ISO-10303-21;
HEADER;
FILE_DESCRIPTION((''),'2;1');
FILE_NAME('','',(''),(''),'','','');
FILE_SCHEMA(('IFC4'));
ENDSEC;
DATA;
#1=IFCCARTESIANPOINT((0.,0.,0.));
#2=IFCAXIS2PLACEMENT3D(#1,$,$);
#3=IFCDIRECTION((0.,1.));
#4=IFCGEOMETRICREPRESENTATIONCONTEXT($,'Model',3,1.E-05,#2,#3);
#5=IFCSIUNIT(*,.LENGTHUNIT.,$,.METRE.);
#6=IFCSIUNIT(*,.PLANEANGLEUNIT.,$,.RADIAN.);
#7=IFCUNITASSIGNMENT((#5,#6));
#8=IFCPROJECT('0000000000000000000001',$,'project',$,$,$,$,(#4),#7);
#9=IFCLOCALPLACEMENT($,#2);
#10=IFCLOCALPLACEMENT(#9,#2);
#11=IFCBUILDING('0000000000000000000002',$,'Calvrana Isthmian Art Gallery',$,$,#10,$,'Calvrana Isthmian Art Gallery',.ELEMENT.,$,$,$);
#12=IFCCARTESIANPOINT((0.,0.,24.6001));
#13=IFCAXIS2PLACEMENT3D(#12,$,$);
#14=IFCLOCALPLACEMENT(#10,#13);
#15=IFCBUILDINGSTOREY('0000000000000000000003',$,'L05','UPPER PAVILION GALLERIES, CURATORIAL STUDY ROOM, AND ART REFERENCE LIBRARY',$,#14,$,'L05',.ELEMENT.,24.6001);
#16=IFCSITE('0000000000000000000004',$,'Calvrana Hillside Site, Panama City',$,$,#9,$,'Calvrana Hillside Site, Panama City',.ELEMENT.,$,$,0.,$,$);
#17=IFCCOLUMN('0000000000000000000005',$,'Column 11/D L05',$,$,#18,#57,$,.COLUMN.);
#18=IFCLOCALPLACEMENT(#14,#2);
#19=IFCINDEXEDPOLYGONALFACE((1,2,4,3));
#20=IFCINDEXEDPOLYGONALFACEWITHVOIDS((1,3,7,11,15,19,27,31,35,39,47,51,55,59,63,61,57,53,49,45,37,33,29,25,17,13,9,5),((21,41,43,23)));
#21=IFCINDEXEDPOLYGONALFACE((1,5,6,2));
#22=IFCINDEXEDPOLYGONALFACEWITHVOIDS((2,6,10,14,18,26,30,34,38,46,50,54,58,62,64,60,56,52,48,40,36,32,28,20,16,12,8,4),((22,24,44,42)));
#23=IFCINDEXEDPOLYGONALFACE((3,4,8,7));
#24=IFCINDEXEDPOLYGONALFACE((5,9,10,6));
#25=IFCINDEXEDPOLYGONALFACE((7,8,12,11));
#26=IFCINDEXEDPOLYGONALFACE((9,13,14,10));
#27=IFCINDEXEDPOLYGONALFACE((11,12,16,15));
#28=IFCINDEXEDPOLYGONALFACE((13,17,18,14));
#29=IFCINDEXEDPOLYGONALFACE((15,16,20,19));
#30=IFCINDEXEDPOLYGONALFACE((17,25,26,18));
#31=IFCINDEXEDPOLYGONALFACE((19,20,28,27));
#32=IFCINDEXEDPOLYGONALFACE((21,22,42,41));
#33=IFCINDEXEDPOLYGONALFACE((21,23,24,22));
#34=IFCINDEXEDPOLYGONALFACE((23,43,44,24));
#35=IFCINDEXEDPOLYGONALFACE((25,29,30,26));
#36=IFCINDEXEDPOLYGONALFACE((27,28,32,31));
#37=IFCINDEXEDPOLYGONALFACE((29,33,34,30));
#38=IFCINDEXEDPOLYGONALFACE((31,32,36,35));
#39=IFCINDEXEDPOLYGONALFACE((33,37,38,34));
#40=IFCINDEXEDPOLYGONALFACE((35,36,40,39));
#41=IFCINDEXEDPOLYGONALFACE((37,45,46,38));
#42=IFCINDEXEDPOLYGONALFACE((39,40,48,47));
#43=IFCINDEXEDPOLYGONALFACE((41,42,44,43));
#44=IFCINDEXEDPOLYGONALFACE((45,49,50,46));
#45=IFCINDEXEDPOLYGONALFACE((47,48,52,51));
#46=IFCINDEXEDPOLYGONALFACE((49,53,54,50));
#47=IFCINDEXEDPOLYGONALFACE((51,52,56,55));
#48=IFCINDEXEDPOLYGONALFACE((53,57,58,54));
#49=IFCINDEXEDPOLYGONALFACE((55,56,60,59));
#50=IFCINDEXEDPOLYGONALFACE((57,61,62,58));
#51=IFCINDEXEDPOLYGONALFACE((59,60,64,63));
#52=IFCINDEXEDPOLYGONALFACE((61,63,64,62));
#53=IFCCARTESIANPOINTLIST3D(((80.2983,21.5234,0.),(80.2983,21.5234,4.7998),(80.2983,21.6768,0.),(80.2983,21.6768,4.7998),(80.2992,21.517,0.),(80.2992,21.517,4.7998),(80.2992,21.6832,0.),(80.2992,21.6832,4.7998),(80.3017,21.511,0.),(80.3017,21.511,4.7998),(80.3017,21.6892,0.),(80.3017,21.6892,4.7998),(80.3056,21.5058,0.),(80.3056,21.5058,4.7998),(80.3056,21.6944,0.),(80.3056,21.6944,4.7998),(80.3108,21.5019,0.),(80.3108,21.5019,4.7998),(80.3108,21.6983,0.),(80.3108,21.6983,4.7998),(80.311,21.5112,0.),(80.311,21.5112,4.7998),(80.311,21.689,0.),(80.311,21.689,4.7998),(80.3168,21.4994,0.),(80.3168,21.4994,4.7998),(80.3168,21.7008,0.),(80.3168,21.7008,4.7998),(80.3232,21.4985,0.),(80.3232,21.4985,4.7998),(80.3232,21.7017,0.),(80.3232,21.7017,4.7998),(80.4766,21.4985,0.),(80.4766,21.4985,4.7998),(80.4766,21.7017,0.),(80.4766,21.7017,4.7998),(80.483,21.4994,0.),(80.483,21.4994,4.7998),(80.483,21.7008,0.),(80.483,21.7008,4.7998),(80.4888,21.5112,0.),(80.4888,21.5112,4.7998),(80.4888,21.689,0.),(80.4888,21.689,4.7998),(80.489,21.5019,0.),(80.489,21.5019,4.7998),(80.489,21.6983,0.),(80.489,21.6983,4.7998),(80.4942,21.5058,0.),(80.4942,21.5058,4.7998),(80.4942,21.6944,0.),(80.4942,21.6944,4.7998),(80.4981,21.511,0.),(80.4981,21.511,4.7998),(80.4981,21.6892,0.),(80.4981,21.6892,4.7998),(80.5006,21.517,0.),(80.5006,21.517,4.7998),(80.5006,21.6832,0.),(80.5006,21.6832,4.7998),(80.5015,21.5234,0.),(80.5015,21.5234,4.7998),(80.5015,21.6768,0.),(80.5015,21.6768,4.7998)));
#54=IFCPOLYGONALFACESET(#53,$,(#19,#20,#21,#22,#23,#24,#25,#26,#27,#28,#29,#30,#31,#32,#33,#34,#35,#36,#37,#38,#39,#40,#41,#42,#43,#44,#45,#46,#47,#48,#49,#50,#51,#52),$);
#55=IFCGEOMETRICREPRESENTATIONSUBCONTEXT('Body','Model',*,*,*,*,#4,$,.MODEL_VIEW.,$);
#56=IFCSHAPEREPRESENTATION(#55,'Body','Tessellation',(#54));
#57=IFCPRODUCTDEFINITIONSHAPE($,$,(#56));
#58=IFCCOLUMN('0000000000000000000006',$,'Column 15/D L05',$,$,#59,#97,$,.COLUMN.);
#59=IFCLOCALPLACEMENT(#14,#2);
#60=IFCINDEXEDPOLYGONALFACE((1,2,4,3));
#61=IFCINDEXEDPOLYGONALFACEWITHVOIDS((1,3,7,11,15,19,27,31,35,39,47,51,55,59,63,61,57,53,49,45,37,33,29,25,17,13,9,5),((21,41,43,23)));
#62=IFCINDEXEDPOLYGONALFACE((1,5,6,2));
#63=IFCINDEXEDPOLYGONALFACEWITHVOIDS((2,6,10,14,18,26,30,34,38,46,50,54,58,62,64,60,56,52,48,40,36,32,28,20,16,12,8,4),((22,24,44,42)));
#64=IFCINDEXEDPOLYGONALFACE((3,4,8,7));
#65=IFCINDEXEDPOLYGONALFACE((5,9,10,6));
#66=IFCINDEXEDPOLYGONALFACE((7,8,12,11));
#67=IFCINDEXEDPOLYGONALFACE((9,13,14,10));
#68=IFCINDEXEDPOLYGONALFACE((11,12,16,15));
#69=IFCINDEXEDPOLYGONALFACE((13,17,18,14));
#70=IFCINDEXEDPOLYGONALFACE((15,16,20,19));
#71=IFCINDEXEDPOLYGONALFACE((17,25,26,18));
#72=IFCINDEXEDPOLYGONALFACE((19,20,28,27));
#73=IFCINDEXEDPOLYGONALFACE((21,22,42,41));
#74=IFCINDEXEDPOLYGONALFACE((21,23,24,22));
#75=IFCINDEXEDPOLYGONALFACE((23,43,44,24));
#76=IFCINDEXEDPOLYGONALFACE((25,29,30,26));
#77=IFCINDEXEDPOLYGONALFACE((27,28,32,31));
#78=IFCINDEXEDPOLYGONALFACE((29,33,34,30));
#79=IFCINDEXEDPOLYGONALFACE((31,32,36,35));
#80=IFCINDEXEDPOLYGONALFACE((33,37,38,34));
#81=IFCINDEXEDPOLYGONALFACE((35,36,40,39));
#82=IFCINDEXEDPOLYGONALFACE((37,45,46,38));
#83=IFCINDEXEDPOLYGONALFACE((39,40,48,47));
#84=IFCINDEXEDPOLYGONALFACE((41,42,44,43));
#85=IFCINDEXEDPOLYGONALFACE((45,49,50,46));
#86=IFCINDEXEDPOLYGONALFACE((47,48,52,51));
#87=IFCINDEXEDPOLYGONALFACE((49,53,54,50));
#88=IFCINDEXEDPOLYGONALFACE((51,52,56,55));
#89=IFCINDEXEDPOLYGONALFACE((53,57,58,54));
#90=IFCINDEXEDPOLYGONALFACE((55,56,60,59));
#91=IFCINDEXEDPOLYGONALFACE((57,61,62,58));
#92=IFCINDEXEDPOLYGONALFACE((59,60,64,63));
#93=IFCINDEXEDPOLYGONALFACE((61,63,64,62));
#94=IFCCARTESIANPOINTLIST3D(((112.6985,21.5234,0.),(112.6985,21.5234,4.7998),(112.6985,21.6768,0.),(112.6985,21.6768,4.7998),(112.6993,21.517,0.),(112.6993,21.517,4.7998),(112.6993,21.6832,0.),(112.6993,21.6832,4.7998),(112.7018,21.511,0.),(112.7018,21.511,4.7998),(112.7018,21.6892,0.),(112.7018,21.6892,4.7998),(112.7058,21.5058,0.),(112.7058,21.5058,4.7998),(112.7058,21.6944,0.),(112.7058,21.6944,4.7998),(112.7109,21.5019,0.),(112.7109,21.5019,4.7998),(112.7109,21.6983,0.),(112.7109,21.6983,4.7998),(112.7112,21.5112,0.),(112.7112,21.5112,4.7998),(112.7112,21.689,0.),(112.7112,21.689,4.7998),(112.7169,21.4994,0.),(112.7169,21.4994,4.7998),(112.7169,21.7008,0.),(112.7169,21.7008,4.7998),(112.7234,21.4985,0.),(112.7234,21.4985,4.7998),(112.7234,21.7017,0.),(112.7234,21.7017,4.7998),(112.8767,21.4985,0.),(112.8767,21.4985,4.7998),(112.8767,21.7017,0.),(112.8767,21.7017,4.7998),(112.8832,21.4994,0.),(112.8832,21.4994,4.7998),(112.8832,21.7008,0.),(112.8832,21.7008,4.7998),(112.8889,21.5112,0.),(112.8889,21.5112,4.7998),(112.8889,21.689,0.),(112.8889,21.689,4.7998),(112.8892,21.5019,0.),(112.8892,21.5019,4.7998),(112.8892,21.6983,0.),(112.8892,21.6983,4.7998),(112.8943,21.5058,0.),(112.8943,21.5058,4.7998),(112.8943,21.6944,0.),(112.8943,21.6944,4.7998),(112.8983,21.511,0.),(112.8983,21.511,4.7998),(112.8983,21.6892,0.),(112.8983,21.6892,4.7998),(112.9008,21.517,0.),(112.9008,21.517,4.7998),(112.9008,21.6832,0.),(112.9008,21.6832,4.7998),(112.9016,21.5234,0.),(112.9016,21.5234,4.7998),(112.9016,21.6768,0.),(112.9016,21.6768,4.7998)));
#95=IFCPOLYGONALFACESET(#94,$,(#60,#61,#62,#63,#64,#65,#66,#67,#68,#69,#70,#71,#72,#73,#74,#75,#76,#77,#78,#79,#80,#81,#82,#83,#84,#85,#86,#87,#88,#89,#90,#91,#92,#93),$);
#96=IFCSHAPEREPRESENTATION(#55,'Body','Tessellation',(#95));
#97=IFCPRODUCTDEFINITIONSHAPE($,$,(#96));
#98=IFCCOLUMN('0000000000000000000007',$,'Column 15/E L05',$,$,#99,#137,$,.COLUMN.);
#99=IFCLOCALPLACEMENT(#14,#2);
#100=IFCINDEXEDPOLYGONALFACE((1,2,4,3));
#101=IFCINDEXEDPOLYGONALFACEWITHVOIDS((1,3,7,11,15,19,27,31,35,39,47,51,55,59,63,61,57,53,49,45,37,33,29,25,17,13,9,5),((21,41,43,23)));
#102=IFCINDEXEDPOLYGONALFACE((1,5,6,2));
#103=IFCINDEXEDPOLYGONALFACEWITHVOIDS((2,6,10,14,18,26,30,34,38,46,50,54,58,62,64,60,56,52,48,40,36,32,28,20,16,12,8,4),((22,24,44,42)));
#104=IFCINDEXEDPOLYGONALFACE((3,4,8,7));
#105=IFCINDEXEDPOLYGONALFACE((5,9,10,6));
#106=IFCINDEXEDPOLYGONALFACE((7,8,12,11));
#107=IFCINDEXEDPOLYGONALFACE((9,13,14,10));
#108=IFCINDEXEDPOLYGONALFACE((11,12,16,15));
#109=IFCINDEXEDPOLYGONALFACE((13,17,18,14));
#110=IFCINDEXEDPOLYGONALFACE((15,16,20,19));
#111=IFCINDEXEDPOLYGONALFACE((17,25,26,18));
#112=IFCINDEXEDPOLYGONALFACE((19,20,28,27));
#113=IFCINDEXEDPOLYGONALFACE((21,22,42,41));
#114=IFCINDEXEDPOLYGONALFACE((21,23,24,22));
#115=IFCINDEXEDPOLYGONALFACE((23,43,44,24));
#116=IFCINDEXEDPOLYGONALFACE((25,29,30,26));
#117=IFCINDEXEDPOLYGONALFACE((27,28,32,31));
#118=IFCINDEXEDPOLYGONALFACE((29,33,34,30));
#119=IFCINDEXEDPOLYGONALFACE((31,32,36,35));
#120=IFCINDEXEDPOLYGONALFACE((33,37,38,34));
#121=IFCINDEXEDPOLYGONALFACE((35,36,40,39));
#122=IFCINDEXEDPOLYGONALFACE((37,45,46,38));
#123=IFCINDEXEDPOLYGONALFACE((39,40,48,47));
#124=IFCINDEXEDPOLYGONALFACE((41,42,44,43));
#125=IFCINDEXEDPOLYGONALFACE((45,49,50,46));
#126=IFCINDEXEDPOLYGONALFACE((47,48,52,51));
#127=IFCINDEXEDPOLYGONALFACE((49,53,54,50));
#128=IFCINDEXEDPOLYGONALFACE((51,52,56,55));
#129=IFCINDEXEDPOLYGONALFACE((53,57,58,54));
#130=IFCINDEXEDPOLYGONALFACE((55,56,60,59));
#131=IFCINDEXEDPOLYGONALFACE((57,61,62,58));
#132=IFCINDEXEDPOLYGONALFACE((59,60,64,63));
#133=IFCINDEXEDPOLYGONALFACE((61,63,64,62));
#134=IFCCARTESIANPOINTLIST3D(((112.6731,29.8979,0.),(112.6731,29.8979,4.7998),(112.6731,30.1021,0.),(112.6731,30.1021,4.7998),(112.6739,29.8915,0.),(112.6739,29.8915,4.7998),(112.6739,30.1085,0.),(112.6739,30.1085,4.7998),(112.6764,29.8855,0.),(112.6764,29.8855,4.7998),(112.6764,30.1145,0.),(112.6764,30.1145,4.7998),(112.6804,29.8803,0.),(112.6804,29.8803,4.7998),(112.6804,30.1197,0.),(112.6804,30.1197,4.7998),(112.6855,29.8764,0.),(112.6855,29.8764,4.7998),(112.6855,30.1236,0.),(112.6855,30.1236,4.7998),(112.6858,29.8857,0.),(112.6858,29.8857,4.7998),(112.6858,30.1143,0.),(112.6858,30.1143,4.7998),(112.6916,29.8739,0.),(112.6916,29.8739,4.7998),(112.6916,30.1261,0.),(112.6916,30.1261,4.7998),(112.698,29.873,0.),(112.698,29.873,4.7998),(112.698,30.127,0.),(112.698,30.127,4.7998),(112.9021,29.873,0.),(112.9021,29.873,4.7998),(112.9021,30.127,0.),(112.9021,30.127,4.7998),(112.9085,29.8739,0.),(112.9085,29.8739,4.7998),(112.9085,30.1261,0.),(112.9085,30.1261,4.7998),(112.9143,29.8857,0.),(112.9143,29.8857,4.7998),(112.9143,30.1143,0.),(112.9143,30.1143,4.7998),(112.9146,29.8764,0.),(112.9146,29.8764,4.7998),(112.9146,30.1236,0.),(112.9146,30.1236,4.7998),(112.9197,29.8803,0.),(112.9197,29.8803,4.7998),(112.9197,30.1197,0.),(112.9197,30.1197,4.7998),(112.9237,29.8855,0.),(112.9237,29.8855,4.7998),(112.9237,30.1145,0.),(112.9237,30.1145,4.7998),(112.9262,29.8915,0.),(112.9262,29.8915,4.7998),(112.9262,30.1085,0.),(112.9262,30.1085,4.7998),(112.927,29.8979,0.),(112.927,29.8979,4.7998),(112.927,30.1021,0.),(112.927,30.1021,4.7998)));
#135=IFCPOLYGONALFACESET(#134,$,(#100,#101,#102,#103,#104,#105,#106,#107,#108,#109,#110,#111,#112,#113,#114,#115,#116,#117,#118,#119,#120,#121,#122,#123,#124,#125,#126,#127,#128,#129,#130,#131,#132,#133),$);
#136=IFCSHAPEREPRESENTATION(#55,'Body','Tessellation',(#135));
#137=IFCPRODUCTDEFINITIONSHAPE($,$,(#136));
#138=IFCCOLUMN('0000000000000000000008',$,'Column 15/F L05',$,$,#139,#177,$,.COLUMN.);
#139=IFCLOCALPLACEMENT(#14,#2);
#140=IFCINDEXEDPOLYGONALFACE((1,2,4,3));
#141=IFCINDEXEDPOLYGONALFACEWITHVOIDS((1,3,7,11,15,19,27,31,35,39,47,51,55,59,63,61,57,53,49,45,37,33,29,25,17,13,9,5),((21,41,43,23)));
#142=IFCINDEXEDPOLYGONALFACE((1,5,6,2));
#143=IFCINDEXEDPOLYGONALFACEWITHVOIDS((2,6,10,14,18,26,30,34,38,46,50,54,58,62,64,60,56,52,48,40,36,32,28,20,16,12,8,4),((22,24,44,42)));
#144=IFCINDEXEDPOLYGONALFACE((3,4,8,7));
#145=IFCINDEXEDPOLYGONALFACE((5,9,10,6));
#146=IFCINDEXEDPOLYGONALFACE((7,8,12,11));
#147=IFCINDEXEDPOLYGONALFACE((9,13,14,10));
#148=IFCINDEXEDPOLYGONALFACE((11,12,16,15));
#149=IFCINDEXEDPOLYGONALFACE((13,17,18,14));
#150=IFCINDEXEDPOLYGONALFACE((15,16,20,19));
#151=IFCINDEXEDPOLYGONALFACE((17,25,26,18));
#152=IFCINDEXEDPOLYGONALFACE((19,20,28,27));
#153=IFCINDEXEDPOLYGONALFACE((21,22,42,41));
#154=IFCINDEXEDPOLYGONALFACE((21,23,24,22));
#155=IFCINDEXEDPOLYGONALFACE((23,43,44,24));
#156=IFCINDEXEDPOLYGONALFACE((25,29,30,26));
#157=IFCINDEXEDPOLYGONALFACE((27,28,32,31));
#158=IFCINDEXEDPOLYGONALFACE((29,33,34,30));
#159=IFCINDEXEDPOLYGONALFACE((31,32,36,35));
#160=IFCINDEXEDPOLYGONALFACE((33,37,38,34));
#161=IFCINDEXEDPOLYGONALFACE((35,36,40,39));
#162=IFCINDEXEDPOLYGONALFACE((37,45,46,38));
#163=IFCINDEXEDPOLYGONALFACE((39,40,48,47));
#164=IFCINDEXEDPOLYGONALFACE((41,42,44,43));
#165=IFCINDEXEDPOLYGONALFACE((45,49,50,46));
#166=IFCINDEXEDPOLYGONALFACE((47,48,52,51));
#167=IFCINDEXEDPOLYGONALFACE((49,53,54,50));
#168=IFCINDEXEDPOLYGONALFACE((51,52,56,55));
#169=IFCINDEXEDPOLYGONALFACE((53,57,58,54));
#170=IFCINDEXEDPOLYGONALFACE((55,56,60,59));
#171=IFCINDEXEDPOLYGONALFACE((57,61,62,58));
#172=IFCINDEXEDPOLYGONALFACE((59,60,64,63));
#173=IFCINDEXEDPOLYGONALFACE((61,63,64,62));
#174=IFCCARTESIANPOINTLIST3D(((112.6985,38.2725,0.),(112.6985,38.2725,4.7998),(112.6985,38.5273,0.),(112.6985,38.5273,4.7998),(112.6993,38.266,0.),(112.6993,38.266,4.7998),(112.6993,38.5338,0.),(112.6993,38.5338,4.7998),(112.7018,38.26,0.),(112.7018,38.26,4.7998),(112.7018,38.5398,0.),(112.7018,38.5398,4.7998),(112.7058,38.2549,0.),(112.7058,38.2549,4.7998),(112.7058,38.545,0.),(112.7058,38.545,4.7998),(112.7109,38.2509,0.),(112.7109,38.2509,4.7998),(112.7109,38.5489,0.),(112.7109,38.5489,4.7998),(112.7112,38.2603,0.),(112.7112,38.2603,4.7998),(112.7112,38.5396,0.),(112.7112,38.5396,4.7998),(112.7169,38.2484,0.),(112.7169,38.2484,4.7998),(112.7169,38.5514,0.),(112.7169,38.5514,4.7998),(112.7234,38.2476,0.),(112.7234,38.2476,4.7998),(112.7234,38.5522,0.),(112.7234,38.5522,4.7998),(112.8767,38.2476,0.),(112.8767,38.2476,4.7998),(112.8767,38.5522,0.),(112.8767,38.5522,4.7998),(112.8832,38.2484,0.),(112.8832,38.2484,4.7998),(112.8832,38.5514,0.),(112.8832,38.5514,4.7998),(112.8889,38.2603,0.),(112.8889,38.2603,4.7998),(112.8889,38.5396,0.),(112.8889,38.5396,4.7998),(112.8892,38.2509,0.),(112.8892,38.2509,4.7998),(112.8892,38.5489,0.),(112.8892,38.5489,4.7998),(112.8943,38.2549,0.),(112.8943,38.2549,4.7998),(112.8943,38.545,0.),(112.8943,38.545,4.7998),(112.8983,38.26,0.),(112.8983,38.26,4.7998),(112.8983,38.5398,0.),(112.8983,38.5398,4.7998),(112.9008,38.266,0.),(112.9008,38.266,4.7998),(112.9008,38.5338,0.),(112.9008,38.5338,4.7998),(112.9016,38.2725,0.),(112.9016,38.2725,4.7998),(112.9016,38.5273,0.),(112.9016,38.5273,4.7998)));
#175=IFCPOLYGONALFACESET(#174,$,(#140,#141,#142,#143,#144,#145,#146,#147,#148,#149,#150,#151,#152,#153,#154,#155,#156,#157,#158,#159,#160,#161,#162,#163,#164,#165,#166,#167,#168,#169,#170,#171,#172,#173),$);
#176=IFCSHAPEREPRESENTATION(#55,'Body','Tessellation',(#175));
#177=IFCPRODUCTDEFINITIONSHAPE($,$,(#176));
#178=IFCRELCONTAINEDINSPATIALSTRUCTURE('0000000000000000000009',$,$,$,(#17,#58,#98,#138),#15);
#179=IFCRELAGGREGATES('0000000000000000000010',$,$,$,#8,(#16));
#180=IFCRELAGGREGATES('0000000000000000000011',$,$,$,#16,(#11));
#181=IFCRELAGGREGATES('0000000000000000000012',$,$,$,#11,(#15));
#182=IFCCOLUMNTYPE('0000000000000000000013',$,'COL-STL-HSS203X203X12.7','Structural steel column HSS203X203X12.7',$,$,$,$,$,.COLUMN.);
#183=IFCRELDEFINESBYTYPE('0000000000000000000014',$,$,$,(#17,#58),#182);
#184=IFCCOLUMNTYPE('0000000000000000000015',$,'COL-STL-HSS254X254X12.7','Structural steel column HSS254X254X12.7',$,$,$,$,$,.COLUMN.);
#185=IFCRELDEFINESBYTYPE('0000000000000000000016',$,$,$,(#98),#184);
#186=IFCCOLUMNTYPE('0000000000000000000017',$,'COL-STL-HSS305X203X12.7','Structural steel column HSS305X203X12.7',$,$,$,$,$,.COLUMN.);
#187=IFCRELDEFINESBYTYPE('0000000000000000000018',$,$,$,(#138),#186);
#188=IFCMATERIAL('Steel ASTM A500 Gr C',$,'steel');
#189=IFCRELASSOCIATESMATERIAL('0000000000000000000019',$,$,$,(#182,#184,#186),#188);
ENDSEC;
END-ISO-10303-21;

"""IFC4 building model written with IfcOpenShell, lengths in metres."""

from ifc_helpers import new_model, si_unit, direction, frame, origin, origin_2d, place, context, subcontext, project, spatial, hollow_rectangle, extrude, material, material_profile, profile_set, type_object, element, save


model = new_model("IFC4")

# Units and contexts
model_context = context("Model", 3, precision=1e-05, world=origin(), true_north=direction((0.0, 1.0)))
body_context = subcontext(model_context, "Body", "Model", "MODEL_VIEW")
ifc_project = project(units=[si_unit("LENGTHUNIT", "METRE"), si_unit("PLANEANGLEUNIT", "RADIAN")], contexts=[model_context])

# Site, building, storey
site_placement = place(None, origin())
site = spatial("IfcSite", under=ifc_project, at=site_placement, Name="Calvrana Hillside Site, Panama City", LongName="Calvrana Hillside Site, Panama City", CompositionType="ELEMENT", RefElevation=0.0)
building_placement = place(site_placement, origin())
building = spatial("IfcBuilding", under=site, at=building_placement, Name="Calvrana Isthmian Art Gallery", LongName="Calvrana Isthmian Art Gallery", CompositionType="ELEMENT")
storey_placement = place(building_placement, frame((0.0, 0.0, 24.6001)))
storey = spatial("IfcBuildingStorey", under=building, at=storey_placement, Name="L05", Description="UPPER PAVILION GALLERIES, CURATORIAL STUDY ROOM, AND ART REFERENCE LIBRARY", LongName="L05", CompositionType="ELEMENT", Elevation=24.6001)

# Columns
ifc_material_1 = material(Name="Steel ASTM A500 Gr C", Category="steel")
ifc_material_profile_1 = material_profile(ifc_material_1, hollow_rectangle(XDim=0.2031, YDim=0.2031, WallThickness=0.0127, OuterFilletRadius=0.0249, at=origin_2d()), Name="HSS203X203X12.7")
ifc_profile_set_1 = profile_set([ifc_material_profile_1], Name="Steel ASTM A500 Gr C")
column_type_1 = type_object("IfcColumnType", Name="COL-STL-HSS203X203X12.7", Description="Structural steel column HSS203X203X12.7", PredefinedType="COLUMN", material=ifc_profile_set_1)
for number, where, z_axis, x_axis, name in (
    (1, (80.3999, 21.6001, 0.0), (0.0, 0.0, 1.0), (1.0, 0.0, 0.0), "Column 11/D L05"),
    (2, (112.8, 21.6001, 0.0), (0.0, 0.0, 1.0), (1.0, 0.0, 0.0), "Column 15/D L05"),
):
    element("IfcColumn", number, at=place(storey_placement, frame(where, z_axis=z_axis, x_axis=x_axis)), inside=storey, type_object=column_type_1, Name=name, PredefinedType="COLUMN", context=body_context, shape_type="SweptSolid", body=[
        extrude(hollow_rectangle(XDim=0.2031, YDim=0.2031, WallThickness=0.0127, OuterFilletRadius=0.0249, at=origin_2d()), origin(), (0.0, 0.0, 1.0), 4.7998),
    ])
ifc_material_profile_2 = material_profile(ifc_material_1, hollow_rectangle(XDim=0.2539, YDim=0.2539, WallThickness=0.0127, OuterFilletRadius=0.0249, at=origin_2d()), Name="HSS254X254X12.7")
ifc_profile_set_2 = profile_set([ifc_material_profile_2], Name="Steel ASTM A500 Gr C")
column_type_2 = type_object("IfcColumnType", Name="COL-STL-HSS254X254X12.7", Description="Structural steel column HSS254X254X12.7", PredefinedType="COLUMN", material=ifc_profile_set_2)
column_1_placement = place(storey_placement, frame((112.8, 30.0, 0.0), z_axis=(0.0, 0.0, 1.0), x_axis=(1.0, 0.0, 0.0)))
element("IfcColumn", 3, at=column_1_placement, inside=storey, type_object=column_type_2, Name="Column 15/E L05", PredefinedType="COLUMN", context=body_context, shape_type="SweptSolid", body=[
    extrude(hollow_rectangle(XDim=0.2539, YDim=0.2539, WallThickness=0.0127, OuterFilletRadius=0.0249, at=origin_2d()), origin(), (0.0, 0.0, 1.0), 4.7998),
])
ifc_material_profile_3 = material_profile(ifc_material_1, hollow_rectangle(XDim=0.2031, YDim=0.3047, WallThickness=0.0127, OuterFilletRadius=0.0249, at=origin_2d()), Name="HSS305X203X12.7")
ifc_profile_set_3 = profile_set([ifc_material_profile_3], Name="Steel ASTM A500 Gr C")
column_type_3 = type_object("IfcColumnType", Name="COL-STL-HSS305X203X12.7", Description="Structural steel column HSS305X203X12.7", PredefinedType="COLUMN", material=ifc_profile_set_3)
column_2_placement = place(storey_placement, frame((112.8, 38.3999, 0.0), z_axis=(0.0, 0.0, 1.0), x_axis=(1.0, 0.0, 0.0)))
element("IfcColumn", 4, at=column_2_placement, inside=storey, type_object=column_type_3, Name="Column 15/F L05", PredefinedType="COLUMN", context=body_context, shape_type="SweptSolid", body=[
    extrude(hollow_rectangle(XDim=0.2031, YDim=0.3047, WallThickness=0.0127, OuterFilletRadius=0.0249, at=origin_2d()), origin(), (0.0, 0.0, 1.0), 4.7998),
])

save(model, "model.ifc")
